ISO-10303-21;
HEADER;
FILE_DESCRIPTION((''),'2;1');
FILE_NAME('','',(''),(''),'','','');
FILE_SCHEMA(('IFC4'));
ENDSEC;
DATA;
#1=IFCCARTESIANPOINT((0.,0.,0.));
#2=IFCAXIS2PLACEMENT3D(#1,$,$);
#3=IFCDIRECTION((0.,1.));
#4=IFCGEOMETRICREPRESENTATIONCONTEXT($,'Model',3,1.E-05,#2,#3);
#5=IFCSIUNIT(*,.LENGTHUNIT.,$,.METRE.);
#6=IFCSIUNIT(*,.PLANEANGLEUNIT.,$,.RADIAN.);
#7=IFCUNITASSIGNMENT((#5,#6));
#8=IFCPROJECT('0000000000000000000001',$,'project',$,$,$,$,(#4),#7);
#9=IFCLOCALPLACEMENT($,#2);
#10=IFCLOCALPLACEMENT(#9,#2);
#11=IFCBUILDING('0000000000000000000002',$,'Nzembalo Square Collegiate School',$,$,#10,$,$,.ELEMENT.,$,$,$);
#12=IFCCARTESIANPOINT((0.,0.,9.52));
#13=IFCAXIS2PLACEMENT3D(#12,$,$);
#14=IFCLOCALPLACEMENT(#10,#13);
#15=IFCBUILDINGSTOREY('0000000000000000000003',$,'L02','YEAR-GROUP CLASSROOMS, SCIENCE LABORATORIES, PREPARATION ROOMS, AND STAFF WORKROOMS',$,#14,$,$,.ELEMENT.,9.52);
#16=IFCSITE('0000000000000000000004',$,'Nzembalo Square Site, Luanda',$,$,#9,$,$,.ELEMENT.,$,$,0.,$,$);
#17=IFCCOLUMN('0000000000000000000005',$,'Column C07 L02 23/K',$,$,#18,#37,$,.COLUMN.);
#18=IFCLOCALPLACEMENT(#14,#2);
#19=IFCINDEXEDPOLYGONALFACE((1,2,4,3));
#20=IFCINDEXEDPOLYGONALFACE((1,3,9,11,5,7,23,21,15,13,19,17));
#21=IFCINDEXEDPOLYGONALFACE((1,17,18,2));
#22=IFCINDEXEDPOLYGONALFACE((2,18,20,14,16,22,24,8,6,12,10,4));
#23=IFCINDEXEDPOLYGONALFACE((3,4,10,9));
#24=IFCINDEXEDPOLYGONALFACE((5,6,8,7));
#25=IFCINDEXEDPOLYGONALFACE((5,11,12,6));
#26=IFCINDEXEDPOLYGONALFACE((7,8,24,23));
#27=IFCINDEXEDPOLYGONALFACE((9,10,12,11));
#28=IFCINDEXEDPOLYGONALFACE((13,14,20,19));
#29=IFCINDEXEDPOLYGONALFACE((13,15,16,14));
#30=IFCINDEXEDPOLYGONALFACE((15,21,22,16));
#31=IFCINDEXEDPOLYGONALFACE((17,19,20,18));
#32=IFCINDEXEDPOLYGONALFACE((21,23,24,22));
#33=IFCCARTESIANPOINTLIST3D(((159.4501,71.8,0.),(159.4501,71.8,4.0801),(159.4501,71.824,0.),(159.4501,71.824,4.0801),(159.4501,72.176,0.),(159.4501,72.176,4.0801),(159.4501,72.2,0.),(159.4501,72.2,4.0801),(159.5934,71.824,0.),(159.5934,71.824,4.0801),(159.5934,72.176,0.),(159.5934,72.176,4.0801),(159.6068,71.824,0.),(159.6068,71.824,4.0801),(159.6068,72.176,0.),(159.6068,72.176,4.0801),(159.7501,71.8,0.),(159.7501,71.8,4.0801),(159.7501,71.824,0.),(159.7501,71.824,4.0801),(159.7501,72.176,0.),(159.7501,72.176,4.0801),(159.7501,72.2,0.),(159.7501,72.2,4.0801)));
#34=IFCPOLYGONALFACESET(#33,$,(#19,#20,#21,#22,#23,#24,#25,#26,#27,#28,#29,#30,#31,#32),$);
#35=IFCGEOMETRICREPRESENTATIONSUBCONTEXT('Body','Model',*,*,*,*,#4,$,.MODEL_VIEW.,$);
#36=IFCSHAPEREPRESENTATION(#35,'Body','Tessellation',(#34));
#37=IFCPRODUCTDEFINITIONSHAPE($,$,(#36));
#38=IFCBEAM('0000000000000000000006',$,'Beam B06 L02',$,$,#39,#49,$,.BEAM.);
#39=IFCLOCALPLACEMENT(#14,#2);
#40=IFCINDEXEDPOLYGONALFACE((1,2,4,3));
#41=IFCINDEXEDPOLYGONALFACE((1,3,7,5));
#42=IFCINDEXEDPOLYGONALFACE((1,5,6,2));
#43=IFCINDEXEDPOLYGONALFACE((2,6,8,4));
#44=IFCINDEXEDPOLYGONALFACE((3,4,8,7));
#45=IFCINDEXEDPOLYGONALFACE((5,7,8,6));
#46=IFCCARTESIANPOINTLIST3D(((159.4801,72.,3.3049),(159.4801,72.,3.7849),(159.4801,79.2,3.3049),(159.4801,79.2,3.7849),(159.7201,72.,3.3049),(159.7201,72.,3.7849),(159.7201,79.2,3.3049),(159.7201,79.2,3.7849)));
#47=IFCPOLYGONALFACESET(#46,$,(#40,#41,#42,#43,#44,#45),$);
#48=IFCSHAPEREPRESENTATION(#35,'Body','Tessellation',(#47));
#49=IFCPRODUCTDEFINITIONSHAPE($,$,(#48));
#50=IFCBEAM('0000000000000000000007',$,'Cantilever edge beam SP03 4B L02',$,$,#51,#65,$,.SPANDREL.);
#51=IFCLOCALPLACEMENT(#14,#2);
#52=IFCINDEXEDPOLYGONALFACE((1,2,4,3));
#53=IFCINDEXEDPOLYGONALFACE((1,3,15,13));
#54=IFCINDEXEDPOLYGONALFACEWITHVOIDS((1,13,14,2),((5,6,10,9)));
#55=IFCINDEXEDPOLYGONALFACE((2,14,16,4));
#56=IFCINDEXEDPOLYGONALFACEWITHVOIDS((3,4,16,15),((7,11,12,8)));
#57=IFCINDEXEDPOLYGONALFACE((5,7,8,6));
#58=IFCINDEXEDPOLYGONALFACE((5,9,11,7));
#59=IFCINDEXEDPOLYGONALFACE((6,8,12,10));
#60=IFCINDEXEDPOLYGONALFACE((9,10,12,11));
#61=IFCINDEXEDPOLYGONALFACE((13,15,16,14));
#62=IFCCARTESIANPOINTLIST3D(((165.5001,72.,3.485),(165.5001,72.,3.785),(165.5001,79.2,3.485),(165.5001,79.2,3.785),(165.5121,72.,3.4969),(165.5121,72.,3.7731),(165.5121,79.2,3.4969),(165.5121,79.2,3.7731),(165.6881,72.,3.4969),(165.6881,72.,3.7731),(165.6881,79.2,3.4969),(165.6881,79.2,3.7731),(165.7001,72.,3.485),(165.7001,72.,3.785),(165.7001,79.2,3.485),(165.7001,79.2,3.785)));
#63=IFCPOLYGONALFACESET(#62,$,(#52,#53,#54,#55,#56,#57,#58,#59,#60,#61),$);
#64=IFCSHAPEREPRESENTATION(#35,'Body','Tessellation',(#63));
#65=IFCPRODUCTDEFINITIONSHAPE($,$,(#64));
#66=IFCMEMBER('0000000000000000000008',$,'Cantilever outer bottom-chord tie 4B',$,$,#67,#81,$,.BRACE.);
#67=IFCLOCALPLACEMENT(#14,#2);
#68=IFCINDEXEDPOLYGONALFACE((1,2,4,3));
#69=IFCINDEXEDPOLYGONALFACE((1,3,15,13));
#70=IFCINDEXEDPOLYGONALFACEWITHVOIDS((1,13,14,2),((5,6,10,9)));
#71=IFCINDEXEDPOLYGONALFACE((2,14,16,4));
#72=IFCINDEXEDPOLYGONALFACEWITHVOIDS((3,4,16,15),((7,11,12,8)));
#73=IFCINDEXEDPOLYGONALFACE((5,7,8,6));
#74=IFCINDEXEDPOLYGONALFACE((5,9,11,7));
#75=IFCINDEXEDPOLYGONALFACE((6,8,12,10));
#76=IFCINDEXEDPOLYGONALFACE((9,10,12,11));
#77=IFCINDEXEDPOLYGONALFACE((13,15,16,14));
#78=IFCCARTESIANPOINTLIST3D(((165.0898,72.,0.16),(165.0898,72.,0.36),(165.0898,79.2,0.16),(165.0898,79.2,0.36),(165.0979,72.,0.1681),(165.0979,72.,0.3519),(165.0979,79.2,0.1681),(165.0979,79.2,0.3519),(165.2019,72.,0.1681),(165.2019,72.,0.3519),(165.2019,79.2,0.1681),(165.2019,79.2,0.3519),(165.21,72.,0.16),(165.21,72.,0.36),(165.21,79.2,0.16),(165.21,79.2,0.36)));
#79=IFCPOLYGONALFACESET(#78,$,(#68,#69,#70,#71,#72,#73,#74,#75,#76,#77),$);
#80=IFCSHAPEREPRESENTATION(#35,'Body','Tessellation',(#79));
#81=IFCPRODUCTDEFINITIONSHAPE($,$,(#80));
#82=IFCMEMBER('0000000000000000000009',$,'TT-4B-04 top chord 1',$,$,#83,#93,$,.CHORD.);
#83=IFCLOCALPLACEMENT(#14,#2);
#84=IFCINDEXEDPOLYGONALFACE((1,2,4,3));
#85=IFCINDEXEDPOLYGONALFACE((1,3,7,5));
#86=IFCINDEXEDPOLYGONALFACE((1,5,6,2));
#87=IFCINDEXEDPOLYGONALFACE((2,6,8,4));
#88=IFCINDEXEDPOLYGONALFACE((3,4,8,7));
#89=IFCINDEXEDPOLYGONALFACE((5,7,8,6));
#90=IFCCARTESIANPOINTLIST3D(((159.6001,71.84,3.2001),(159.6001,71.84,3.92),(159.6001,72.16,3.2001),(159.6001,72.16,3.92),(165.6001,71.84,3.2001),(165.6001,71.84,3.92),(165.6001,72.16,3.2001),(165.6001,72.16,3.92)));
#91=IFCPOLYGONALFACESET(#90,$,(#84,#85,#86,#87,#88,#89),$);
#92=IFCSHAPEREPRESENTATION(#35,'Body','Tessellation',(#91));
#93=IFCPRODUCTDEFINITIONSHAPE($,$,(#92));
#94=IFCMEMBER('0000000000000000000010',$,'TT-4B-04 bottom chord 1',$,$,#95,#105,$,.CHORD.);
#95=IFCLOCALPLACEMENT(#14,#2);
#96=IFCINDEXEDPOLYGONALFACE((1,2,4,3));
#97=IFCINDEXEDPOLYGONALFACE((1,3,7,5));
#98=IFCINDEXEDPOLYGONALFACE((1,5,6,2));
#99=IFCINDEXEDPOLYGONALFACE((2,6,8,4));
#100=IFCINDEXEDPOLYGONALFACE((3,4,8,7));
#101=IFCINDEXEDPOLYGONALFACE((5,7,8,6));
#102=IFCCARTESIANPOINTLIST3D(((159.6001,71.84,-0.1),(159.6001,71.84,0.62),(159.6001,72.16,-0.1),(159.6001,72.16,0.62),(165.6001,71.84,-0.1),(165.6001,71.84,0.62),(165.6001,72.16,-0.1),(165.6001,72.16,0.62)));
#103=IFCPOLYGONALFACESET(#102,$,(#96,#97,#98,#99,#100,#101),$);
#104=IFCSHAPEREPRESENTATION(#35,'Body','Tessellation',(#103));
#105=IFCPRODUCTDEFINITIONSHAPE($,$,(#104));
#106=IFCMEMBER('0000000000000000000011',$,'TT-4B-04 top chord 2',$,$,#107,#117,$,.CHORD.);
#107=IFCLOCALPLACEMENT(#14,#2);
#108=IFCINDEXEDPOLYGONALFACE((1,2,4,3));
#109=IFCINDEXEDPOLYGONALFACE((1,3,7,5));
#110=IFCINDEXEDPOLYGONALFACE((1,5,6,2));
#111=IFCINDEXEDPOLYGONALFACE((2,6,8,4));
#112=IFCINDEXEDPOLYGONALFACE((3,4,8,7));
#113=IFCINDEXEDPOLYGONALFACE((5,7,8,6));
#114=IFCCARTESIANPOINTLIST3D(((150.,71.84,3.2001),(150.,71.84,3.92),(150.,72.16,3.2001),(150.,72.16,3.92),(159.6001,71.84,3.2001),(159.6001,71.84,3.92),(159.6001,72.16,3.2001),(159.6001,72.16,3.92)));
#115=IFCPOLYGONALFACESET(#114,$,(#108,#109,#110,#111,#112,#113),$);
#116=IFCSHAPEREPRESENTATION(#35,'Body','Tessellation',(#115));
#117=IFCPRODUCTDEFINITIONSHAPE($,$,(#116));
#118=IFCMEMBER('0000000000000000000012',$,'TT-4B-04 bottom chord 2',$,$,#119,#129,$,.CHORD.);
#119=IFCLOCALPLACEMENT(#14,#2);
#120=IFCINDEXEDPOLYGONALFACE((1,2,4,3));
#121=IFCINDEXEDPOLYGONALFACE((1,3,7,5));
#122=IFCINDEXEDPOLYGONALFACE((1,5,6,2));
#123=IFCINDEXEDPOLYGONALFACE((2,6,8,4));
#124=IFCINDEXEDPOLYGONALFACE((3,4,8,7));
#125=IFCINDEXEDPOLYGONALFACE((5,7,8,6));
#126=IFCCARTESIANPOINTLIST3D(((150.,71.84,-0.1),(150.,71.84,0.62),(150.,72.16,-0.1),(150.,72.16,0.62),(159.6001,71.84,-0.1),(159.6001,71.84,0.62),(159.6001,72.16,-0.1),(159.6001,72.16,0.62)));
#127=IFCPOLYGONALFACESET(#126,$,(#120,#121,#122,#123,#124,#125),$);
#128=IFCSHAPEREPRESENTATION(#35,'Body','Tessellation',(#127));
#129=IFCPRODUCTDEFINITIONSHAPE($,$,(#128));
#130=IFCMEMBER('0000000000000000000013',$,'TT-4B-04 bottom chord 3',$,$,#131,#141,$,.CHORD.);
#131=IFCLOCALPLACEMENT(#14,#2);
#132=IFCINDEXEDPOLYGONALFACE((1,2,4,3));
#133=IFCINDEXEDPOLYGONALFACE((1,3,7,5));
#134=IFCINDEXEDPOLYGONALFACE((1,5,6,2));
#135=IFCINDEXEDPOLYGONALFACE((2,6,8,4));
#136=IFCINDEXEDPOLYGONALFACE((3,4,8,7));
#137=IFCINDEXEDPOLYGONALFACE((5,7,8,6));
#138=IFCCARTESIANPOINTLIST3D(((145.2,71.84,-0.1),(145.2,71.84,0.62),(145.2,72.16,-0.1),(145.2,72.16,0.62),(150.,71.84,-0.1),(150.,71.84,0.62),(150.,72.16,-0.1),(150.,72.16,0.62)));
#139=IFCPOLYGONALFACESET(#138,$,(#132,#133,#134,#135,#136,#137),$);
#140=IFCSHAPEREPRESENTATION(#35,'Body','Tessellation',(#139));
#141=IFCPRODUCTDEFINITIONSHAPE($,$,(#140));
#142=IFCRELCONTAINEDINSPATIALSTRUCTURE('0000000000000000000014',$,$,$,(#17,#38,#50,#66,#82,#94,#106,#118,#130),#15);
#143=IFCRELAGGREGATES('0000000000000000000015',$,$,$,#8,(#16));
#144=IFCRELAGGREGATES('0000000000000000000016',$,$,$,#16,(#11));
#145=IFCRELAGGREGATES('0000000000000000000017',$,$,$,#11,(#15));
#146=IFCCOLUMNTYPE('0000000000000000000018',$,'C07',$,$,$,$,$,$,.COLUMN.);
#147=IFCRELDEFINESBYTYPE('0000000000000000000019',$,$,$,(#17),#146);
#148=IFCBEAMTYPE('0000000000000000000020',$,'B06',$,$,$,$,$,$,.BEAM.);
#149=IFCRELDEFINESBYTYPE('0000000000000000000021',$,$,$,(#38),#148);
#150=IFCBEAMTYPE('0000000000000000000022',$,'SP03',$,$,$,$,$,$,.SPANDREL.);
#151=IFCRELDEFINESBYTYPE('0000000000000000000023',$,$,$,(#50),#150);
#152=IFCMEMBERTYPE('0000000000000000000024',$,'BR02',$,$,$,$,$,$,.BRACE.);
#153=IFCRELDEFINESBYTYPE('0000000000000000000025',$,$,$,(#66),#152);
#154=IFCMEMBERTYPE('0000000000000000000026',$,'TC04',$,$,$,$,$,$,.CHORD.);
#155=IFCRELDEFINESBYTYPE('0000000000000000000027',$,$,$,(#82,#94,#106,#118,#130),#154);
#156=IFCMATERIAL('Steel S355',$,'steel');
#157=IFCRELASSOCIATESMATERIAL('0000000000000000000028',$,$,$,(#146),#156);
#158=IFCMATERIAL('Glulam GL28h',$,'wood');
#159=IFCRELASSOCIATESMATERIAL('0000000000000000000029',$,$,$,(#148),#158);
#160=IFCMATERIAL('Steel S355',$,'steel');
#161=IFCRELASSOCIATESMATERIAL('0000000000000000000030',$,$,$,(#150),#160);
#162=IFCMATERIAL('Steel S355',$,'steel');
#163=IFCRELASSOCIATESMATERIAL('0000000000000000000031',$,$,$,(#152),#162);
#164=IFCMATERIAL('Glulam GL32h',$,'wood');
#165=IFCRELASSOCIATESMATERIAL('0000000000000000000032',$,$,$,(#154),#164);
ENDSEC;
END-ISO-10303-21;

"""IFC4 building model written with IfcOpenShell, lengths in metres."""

from ifc_helpers import new_model, si_unit, direction, frame, origin, origin_2d, place, context, subcontext, project, spatial, rectangle, hollow_rectangle, i_section, extrude, material, material_profile, profile_set, type_object, element, save


model = new_model("IFC4")

# Units and contexts
model_context = context("Model", 3, precision=1e-05, world=origin(), true_north=direction((0.0, 1.0)))
body_context = subcontext(model_context, "Body", "Model", "MODEL_VIEW")
ifc_project = project(units=[si_unit("LENGTHUNIT", "METRE"), si_unit("PLANEANGLEUNIT", "RADIAN")], contexts=[model_context])

# Site, building, storey
site_placement = place(None, origin())
site = spatial("IfcSite", under=ifc_project, at=site_placement, Name="Nzembalo Square Site, Luanda", CompositionType="ELEMENT", RefElevation=0.0)
building_placement = place(site_placement, origin())
building = spatial("IfcBuilding", under=site, at=building_placement, Name="Nzembalo Square Collegiate School", CompositionType="ELEMENT")
storey_placement = place(building_placement, frame((0.0, 0.0, 9.52)))
storey = spatial("IfcBuildingStorey", under=building, at=storey_placement, Name="L02", Description="YEAR-GROUP CLASSROOMS, SCIENCE LABORATORIES, PREPARATION ROOMS, AND STAFF WORKROOMS", CompositionType="ELEMENT", Elevation=9.52)

# Column
ifc_material_1 = material(Name="Steel S355", Category="steel")
ifc_material_profile_1 = material_profile(ifc_material_1, i_section(OverallWidth=0.3, OverallDepth=0.3999, WebThickness=0.0134, FlangeThickness=0.0239, at=origin_2d()), Name="HEB 400")
ifc_profile_set_1 = profile_set([ifc_material_profile_1], Name="Steel S355")
column_type = type_object("IfcColumnType", Name="C07", PredefinedType="COLUMN", material=ifc_profile_set_1)
column_placement = place(storey_placement, frame((159.6001, 72.0, 0.0), z_axis=(0.0, 0.0, 1.0), x_axis=(1.0, 0.0, 0.0)))
element("IfcColumn", 1, at=column_placement, inside=storey, type_object=column_type, Name="Column C07 L02 23/K", PredefinedType="COLUMN", context=body_context, shape_type="SweptSolid", body=[
    extrude(i_section(OverallWidth=0.3, OverallDepth=0.3999, WebThickness=0.0134, FlangeThickness=0.0239, at=origin_2d()), origin(), (0.0, 0.0, 1.0), 4.0801),
])

# Beams
ifc_material_2 = material(Name="Glulam GL28h", Category="wood")
ifc_material_profile_2 = material_profile(ifc_material_2, rectangle(XDim=0.24, YDim=0.48, at=origin_2d()), Name="GL28h 240x480")
ifc_profile_set_2 = profile_set([ifc_material_profile_2], Name="Glulam GL28h")
beam_type_1 = type_object("IfcBeamType", Name="B06", PredefinedType="BEAM", material=ifc_profile_set_2)
beam_1_placement = place(storey_placement, frame((159.6001, 72.0, 3.5449), z_axis=(0.0, 1.0, 0.0), x_axis=(-1.0, 0.0, 0.0)))
element("IfcBeam", 2, at=beam_1_placement, inside=storey, type_object=beam_type_1, Name="Beam B06 L02", PredefinedType="BEAM", context=body_context, shape_type="SweptSolid", body=[
    extrude(rectangle(XDim=0.24, YDim=0.48, at=origin_2d()), origin(), (0.0, 0.0, 1.0), 7.2),
])
ifc_material_3 = material(Name="Steel S355", Category="steel")
ifc_material_profile_3 = material_profile(ifc_material_3, hollow_rectangle(XDim=0.2, YDim=0.3, WallThickness=0.012, at=origin_2d()), Name="RHS 300x200x12")
ifc_profile_set_3 = profile_set([ifc_material_profile_3], Name="Steel S355")
beam_type_2 = type_object("IfcBeamType", Name="SP03", PredefinedType="SPANDREL", material=ifc_profile_set_3)
beam_2_placement = place(storey_placement, frame((165.6001, 72.0, 3.635), z_axis=(0.0, 1.0, 0.0), x_axis=(-1.0, 0.0, 0.0)))
element("IfcBeam", 3, at=beam_2_placement, inside=storey, type_object=beam_type_2, Name="Cantilever edge beam SP03 4B L02", PredefinedType="SPANDREL", context=body_context, shape_type="SweptSolid", body=[
    extrude(hollow_rectangle(XDim=0.2, YDim=0.3, WallThickness=0.012, at=origin_2d()), origin(), (0.0, 0.0, 1.0), 7.2),
])

# Members
ifc_material_4 = material(Name="Steel S355", Category="steel")
ifc_material_profile_4 = material_profile(ifc_material_4, hollow_rectangle(XDim=0.1201, YDim=0.2, WallThickness=0.0081, at=origin_2d()), Name="RHS 200x120x8")
ifc_profile_set_4 = profile_set([ifc_material_profile_4], Name="Steel S355")
member_type_1 = type_object("IfcMemberType", Name="BR02", PredefinedType="BRACE", material=ifc_profile_set_4)
member_1_placement = place(storey_placement, frame((165.1499, 72.0, 0.26), z_axis=(0.0, 1.0, 0.0), x_axis=(-1.0, 0.0, 0.0)))
element("IfcMember", 4, at=member_1_placement, inside=storey, type_object=member_type_1, Name="Cantilever outer bottom-chord tie 4B", PredefinedType="BRACE", context=body_context, shape_type="SweptSolid", body=[
    extrude(hollow_rectangle(XDim=0.1201, YDim=0.2, WallThickness=0.0081, at=origin_2d()), origin(), (0.0, 0.0, 1.0), 7.2),
])
ifc_material_5 = material(Name="Glulam GL32h", Category="wood")
ifc_material_profile_5 = material_profile(ifc_material_5, rectangle(XDim=0.3201, YDim=0.72, at=origin_2d()), Name="GL32h 320x720")
ifc_profile_set_5 = profile_set([ifc_material_profile_5], Name="Glulam GL32h")
member_type_2 = type_object("IfcMemberType", Name="TC04", PredefinedType="CHORD", material=ifc_profile_set_5)
for number, where, z_axis, x_axis, name in (
    (5, (165.6001, 72.0, 3.5601), (-1.0, 0.0, 0.0), (0.0, -1.0, 0.0), "TT-4B-04 top chord 1"),
    (6, (165.6001, 72.0, 0.26), (-1.0, 0.0, 0.0), (0.0, -1.0, 0.0), "TT-4B-04 bottom chord 1"),
):
    element("IfcMember", number, at=place(storey_placement, frame(where, z_axis=z_axis, x_axis=x_axis)), inside=storey, type_object=member_type_2, Name=name, PredefinedType="CHORD", context=body_context, shape_type="SweptSolid", body=[
        extrude(rectangle(XDim=0.3201, YDim=0.72, at=origin_2d()), origin(), (0.0, 0.0, 1.0), 6.0),
    ])
for number, where, z_axis, x_axis, name in (
    (7, (159.6001, 72.0, 3.5601), (-1.0, 0.0, 0.0), (0.0, -1.0, 0.0), "TT-4B-04 top chord 2"),
    (8, (159.6001, 72.0, 0.26), (-1.0, 0.0, 0.0), (0.0, -1.0, 0.0), "TT-4B-04 bottom chord 2"),
):
    element("IfcMember", number, at=place(storey_placement, frame(where, z_axis=z_axis, x_axis=x_axis)), inside=storey, type_object=member_type_2, Name=name, PredefinedType="CHORD", context=body_context, shape_type="SweptSolid", body=[
        extrude(rectangle(XDim=0.3201, YDim=0.72, at=origin_2d()), origin(), (0.0, 0.0, 1.0), 9.6001),
    ])
member_2_placement = place(storey_placement, frame((150.0, 72.0, 0.26), z_axis=(-1.0, 0.0, 0.0), x_axis=(0.0, -1.0, 0.0)))
element("IfcMember", 9, at=member_2_placement, inside=storey, type_object=member_type_2, Name="TT-4B-04 bottom chord 3", PredefinedType="CHORD", context=body_context, shape_type="SweptSolid", body=[
    extrude(rectangle(XDim=0.3201, YDim=0.72, at=origin_2d()), origin(), (0.0, 0.0, 1.0), 4.8),
])

save(model, "model.ifc")
